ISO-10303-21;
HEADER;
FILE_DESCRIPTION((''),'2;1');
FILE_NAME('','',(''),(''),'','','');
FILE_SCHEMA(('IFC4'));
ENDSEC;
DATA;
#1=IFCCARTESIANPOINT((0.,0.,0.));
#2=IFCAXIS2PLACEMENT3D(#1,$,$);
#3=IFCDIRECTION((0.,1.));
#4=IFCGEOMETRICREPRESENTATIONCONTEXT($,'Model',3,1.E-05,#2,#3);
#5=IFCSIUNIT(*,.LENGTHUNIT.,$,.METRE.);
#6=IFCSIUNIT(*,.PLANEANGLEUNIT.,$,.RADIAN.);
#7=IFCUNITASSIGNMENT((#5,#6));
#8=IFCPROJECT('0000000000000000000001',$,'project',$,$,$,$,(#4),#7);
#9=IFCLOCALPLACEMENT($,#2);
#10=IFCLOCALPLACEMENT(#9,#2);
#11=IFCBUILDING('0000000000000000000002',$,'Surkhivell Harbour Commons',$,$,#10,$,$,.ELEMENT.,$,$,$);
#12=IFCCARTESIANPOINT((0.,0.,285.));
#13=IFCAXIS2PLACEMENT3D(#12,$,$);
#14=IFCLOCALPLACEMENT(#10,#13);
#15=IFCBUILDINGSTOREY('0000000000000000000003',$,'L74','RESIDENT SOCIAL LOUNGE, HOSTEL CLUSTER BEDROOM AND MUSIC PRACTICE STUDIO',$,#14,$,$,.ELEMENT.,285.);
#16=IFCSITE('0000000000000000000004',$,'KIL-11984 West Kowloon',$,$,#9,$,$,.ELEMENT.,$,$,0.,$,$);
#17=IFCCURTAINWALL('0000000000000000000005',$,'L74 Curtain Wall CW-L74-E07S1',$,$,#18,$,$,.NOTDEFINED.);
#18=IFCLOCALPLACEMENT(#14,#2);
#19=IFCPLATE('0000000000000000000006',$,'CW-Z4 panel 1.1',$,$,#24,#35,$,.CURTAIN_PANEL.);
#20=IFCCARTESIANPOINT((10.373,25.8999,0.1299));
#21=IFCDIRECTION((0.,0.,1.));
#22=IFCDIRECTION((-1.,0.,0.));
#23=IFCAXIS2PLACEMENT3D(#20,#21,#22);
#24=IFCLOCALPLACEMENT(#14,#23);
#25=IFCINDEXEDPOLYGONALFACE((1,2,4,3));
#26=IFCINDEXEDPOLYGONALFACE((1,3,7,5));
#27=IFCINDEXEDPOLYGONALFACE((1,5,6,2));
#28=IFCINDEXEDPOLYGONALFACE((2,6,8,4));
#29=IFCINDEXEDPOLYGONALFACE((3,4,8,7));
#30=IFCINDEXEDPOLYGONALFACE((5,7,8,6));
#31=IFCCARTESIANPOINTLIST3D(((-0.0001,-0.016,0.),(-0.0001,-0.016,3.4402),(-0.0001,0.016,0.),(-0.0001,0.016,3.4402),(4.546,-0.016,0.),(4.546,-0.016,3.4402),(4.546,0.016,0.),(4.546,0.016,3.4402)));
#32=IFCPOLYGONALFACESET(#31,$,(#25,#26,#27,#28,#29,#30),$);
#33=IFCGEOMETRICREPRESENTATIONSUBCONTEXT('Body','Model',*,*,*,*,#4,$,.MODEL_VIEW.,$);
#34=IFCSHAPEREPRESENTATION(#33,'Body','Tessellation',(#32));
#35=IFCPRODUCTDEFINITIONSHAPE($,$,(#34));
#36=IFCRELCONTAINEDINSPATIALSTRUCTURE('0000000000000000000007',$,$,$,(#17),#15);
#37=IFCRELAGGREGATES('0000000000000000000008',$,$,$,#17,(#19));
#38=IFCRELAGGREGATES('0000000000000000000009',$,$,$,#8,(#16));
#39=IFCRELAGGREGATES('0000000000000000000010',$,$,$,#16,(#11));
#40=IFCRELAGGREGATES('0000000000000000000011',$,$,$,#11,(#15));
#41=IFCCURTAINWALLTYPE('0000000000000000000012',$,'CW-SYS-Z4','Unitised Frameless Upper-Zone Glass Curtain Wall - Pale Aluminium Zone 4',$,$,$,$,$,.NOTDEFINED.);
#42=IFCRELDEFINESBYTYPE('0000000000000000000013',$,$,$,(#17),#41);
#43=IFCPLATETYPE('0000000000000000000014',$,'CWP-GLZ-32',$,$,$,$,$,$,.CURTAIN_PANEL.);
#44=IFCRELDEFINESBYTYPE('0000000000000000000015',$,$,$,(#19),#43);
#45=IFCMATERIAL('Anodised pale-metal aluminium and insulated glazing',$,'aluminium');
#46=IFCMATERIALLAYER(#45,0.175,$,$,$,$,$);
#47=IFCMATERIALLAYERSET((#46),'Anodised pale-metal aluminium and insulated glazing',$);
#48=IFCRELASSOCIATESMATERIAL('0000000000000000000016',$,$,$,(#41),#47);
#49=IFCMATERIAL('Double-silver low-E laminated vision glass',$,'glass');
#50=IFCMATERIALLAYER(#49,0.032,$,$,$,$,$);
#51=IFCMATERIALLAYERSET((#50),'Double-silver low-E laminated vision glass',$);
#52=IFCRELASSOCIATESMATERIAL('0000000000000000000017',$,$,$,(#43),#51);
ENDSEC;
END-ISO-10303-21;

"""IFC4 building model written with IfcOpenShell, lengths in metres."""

from ifc_helpers import new_model, si_unit, direction, frame, frame_2d, origin, place, context, subcontext, project, spatial, rectangle, extrude, material, layer, layer_set, type_object, element, aggregate, save


model = new_model("IFC4")

# Units and contexts
model_context = context("Model", 3, precision=1e-05, world=origin(), true_north=direction((0.0, 1.0)))
body_context = subcontext(model_context, "Body", "Model", "MODEL_VIEW")
ifc_project = project(units=[si_unit("LENGTHUNIT", "METRE"), si_unit("PLANEANGLEUNIT", "RADIAN")], contexts=[model_context])

# Site, building, storey
site_placement = place(None, origin())
site = spatial("IfcSite", under=ifc_project, at=site_placement, Name="KIL-11984 West Kowloon", CompositionType="ELEMENT", RefElevation=0.0)
building_placement = place(site_placement, origin())
building = spatial("IfcBuilding", under=site, at=building_placement, Name="Surkhivell Harbour Commons", CompositionType="ELEMENT")
storey_placement = place(building_placement, frame((0.0, 0.0, 285.0)))
storey = spatial("IfcBuildingStorey", under=building, at=storey_placement, Name="L74", Description="RESIDENT SOCIAL LOUNGE, HOSTEL CLUSTER BEDROOM AND MUSIC PRACTICE STUDIO", CompositionType="ELEMENT", Elevation=285.0)

# Curtain wall
ifc_material_1 = material(Name="Anodised pale-metal aluminium and insulated glazing", Category="aluminium")
ifc_layer_1 = layer(ifc_material_1, 0.175)
ifc_layer_set_1 = layer_set([ifc_layer_1], Name="Anodised pale-metal aluminium and insulated glazing")
curtain_wall_type = type_object("IfcCurtainWallType", Name="CW-SYS-Z4", Description="Unitised Frameless Upper-Zone Glass Curtain Wall - Pale Aluminium Zone 4", PredefinedType="NOTDEFINED", material=ifc_layer_set_1)
curtain_wall_1_placement = place(storey_placement, origin())
curtain_wall_1 = element("IfcCurtainWall", 1, at=curtain_wall_1_placement, inside=storey, type_object=curtain_wall_type, Name="L74 Curtain Wall CW-L74-E07S1", PredefinedType="NOTDEFINED")

# Plate
ifc_material_2 = material(Name="Double-silver low-E laminated vision glass", Category="glass")
ifc_layer_2 = layer(ifc_material_2, 0.032)
ifc_layer_set_2 = layer_set([ifc_layer_2], Name="Double-silver low-E laminated vision glass")
plate_type = type_object("IfcPlateType", Name="CWP-GLZ-32", PredefinedType="CURTAIN_PANEL", material=ifc_layer_set_2)
plate_1_placement = place(storey_placement, frame((10.373, 25.8999, 0.1299), z_axis=(0.0, 0.0, 1.0), x_axis=(-1.0, 0.0, 0.0)))
plate_1 = element("IfcPlate", 2, at=plate_1_placement, type_object=plate_type, Name="CW-Z4 panel 1.1", PredefinedType="CURTAIN_PANEL", context=body_context, shape_type="SweptSolid", body=[
    extrude(rectangle(XDim=4.5461, YDim=0.032, at=frame_2d((2.2729, 0.0))), origin(), (0.0, 0.0, 1.0), 3.4402),
])
aggregate(curtain_wall_1, [plate_1])

save(model, "model.ifc")
